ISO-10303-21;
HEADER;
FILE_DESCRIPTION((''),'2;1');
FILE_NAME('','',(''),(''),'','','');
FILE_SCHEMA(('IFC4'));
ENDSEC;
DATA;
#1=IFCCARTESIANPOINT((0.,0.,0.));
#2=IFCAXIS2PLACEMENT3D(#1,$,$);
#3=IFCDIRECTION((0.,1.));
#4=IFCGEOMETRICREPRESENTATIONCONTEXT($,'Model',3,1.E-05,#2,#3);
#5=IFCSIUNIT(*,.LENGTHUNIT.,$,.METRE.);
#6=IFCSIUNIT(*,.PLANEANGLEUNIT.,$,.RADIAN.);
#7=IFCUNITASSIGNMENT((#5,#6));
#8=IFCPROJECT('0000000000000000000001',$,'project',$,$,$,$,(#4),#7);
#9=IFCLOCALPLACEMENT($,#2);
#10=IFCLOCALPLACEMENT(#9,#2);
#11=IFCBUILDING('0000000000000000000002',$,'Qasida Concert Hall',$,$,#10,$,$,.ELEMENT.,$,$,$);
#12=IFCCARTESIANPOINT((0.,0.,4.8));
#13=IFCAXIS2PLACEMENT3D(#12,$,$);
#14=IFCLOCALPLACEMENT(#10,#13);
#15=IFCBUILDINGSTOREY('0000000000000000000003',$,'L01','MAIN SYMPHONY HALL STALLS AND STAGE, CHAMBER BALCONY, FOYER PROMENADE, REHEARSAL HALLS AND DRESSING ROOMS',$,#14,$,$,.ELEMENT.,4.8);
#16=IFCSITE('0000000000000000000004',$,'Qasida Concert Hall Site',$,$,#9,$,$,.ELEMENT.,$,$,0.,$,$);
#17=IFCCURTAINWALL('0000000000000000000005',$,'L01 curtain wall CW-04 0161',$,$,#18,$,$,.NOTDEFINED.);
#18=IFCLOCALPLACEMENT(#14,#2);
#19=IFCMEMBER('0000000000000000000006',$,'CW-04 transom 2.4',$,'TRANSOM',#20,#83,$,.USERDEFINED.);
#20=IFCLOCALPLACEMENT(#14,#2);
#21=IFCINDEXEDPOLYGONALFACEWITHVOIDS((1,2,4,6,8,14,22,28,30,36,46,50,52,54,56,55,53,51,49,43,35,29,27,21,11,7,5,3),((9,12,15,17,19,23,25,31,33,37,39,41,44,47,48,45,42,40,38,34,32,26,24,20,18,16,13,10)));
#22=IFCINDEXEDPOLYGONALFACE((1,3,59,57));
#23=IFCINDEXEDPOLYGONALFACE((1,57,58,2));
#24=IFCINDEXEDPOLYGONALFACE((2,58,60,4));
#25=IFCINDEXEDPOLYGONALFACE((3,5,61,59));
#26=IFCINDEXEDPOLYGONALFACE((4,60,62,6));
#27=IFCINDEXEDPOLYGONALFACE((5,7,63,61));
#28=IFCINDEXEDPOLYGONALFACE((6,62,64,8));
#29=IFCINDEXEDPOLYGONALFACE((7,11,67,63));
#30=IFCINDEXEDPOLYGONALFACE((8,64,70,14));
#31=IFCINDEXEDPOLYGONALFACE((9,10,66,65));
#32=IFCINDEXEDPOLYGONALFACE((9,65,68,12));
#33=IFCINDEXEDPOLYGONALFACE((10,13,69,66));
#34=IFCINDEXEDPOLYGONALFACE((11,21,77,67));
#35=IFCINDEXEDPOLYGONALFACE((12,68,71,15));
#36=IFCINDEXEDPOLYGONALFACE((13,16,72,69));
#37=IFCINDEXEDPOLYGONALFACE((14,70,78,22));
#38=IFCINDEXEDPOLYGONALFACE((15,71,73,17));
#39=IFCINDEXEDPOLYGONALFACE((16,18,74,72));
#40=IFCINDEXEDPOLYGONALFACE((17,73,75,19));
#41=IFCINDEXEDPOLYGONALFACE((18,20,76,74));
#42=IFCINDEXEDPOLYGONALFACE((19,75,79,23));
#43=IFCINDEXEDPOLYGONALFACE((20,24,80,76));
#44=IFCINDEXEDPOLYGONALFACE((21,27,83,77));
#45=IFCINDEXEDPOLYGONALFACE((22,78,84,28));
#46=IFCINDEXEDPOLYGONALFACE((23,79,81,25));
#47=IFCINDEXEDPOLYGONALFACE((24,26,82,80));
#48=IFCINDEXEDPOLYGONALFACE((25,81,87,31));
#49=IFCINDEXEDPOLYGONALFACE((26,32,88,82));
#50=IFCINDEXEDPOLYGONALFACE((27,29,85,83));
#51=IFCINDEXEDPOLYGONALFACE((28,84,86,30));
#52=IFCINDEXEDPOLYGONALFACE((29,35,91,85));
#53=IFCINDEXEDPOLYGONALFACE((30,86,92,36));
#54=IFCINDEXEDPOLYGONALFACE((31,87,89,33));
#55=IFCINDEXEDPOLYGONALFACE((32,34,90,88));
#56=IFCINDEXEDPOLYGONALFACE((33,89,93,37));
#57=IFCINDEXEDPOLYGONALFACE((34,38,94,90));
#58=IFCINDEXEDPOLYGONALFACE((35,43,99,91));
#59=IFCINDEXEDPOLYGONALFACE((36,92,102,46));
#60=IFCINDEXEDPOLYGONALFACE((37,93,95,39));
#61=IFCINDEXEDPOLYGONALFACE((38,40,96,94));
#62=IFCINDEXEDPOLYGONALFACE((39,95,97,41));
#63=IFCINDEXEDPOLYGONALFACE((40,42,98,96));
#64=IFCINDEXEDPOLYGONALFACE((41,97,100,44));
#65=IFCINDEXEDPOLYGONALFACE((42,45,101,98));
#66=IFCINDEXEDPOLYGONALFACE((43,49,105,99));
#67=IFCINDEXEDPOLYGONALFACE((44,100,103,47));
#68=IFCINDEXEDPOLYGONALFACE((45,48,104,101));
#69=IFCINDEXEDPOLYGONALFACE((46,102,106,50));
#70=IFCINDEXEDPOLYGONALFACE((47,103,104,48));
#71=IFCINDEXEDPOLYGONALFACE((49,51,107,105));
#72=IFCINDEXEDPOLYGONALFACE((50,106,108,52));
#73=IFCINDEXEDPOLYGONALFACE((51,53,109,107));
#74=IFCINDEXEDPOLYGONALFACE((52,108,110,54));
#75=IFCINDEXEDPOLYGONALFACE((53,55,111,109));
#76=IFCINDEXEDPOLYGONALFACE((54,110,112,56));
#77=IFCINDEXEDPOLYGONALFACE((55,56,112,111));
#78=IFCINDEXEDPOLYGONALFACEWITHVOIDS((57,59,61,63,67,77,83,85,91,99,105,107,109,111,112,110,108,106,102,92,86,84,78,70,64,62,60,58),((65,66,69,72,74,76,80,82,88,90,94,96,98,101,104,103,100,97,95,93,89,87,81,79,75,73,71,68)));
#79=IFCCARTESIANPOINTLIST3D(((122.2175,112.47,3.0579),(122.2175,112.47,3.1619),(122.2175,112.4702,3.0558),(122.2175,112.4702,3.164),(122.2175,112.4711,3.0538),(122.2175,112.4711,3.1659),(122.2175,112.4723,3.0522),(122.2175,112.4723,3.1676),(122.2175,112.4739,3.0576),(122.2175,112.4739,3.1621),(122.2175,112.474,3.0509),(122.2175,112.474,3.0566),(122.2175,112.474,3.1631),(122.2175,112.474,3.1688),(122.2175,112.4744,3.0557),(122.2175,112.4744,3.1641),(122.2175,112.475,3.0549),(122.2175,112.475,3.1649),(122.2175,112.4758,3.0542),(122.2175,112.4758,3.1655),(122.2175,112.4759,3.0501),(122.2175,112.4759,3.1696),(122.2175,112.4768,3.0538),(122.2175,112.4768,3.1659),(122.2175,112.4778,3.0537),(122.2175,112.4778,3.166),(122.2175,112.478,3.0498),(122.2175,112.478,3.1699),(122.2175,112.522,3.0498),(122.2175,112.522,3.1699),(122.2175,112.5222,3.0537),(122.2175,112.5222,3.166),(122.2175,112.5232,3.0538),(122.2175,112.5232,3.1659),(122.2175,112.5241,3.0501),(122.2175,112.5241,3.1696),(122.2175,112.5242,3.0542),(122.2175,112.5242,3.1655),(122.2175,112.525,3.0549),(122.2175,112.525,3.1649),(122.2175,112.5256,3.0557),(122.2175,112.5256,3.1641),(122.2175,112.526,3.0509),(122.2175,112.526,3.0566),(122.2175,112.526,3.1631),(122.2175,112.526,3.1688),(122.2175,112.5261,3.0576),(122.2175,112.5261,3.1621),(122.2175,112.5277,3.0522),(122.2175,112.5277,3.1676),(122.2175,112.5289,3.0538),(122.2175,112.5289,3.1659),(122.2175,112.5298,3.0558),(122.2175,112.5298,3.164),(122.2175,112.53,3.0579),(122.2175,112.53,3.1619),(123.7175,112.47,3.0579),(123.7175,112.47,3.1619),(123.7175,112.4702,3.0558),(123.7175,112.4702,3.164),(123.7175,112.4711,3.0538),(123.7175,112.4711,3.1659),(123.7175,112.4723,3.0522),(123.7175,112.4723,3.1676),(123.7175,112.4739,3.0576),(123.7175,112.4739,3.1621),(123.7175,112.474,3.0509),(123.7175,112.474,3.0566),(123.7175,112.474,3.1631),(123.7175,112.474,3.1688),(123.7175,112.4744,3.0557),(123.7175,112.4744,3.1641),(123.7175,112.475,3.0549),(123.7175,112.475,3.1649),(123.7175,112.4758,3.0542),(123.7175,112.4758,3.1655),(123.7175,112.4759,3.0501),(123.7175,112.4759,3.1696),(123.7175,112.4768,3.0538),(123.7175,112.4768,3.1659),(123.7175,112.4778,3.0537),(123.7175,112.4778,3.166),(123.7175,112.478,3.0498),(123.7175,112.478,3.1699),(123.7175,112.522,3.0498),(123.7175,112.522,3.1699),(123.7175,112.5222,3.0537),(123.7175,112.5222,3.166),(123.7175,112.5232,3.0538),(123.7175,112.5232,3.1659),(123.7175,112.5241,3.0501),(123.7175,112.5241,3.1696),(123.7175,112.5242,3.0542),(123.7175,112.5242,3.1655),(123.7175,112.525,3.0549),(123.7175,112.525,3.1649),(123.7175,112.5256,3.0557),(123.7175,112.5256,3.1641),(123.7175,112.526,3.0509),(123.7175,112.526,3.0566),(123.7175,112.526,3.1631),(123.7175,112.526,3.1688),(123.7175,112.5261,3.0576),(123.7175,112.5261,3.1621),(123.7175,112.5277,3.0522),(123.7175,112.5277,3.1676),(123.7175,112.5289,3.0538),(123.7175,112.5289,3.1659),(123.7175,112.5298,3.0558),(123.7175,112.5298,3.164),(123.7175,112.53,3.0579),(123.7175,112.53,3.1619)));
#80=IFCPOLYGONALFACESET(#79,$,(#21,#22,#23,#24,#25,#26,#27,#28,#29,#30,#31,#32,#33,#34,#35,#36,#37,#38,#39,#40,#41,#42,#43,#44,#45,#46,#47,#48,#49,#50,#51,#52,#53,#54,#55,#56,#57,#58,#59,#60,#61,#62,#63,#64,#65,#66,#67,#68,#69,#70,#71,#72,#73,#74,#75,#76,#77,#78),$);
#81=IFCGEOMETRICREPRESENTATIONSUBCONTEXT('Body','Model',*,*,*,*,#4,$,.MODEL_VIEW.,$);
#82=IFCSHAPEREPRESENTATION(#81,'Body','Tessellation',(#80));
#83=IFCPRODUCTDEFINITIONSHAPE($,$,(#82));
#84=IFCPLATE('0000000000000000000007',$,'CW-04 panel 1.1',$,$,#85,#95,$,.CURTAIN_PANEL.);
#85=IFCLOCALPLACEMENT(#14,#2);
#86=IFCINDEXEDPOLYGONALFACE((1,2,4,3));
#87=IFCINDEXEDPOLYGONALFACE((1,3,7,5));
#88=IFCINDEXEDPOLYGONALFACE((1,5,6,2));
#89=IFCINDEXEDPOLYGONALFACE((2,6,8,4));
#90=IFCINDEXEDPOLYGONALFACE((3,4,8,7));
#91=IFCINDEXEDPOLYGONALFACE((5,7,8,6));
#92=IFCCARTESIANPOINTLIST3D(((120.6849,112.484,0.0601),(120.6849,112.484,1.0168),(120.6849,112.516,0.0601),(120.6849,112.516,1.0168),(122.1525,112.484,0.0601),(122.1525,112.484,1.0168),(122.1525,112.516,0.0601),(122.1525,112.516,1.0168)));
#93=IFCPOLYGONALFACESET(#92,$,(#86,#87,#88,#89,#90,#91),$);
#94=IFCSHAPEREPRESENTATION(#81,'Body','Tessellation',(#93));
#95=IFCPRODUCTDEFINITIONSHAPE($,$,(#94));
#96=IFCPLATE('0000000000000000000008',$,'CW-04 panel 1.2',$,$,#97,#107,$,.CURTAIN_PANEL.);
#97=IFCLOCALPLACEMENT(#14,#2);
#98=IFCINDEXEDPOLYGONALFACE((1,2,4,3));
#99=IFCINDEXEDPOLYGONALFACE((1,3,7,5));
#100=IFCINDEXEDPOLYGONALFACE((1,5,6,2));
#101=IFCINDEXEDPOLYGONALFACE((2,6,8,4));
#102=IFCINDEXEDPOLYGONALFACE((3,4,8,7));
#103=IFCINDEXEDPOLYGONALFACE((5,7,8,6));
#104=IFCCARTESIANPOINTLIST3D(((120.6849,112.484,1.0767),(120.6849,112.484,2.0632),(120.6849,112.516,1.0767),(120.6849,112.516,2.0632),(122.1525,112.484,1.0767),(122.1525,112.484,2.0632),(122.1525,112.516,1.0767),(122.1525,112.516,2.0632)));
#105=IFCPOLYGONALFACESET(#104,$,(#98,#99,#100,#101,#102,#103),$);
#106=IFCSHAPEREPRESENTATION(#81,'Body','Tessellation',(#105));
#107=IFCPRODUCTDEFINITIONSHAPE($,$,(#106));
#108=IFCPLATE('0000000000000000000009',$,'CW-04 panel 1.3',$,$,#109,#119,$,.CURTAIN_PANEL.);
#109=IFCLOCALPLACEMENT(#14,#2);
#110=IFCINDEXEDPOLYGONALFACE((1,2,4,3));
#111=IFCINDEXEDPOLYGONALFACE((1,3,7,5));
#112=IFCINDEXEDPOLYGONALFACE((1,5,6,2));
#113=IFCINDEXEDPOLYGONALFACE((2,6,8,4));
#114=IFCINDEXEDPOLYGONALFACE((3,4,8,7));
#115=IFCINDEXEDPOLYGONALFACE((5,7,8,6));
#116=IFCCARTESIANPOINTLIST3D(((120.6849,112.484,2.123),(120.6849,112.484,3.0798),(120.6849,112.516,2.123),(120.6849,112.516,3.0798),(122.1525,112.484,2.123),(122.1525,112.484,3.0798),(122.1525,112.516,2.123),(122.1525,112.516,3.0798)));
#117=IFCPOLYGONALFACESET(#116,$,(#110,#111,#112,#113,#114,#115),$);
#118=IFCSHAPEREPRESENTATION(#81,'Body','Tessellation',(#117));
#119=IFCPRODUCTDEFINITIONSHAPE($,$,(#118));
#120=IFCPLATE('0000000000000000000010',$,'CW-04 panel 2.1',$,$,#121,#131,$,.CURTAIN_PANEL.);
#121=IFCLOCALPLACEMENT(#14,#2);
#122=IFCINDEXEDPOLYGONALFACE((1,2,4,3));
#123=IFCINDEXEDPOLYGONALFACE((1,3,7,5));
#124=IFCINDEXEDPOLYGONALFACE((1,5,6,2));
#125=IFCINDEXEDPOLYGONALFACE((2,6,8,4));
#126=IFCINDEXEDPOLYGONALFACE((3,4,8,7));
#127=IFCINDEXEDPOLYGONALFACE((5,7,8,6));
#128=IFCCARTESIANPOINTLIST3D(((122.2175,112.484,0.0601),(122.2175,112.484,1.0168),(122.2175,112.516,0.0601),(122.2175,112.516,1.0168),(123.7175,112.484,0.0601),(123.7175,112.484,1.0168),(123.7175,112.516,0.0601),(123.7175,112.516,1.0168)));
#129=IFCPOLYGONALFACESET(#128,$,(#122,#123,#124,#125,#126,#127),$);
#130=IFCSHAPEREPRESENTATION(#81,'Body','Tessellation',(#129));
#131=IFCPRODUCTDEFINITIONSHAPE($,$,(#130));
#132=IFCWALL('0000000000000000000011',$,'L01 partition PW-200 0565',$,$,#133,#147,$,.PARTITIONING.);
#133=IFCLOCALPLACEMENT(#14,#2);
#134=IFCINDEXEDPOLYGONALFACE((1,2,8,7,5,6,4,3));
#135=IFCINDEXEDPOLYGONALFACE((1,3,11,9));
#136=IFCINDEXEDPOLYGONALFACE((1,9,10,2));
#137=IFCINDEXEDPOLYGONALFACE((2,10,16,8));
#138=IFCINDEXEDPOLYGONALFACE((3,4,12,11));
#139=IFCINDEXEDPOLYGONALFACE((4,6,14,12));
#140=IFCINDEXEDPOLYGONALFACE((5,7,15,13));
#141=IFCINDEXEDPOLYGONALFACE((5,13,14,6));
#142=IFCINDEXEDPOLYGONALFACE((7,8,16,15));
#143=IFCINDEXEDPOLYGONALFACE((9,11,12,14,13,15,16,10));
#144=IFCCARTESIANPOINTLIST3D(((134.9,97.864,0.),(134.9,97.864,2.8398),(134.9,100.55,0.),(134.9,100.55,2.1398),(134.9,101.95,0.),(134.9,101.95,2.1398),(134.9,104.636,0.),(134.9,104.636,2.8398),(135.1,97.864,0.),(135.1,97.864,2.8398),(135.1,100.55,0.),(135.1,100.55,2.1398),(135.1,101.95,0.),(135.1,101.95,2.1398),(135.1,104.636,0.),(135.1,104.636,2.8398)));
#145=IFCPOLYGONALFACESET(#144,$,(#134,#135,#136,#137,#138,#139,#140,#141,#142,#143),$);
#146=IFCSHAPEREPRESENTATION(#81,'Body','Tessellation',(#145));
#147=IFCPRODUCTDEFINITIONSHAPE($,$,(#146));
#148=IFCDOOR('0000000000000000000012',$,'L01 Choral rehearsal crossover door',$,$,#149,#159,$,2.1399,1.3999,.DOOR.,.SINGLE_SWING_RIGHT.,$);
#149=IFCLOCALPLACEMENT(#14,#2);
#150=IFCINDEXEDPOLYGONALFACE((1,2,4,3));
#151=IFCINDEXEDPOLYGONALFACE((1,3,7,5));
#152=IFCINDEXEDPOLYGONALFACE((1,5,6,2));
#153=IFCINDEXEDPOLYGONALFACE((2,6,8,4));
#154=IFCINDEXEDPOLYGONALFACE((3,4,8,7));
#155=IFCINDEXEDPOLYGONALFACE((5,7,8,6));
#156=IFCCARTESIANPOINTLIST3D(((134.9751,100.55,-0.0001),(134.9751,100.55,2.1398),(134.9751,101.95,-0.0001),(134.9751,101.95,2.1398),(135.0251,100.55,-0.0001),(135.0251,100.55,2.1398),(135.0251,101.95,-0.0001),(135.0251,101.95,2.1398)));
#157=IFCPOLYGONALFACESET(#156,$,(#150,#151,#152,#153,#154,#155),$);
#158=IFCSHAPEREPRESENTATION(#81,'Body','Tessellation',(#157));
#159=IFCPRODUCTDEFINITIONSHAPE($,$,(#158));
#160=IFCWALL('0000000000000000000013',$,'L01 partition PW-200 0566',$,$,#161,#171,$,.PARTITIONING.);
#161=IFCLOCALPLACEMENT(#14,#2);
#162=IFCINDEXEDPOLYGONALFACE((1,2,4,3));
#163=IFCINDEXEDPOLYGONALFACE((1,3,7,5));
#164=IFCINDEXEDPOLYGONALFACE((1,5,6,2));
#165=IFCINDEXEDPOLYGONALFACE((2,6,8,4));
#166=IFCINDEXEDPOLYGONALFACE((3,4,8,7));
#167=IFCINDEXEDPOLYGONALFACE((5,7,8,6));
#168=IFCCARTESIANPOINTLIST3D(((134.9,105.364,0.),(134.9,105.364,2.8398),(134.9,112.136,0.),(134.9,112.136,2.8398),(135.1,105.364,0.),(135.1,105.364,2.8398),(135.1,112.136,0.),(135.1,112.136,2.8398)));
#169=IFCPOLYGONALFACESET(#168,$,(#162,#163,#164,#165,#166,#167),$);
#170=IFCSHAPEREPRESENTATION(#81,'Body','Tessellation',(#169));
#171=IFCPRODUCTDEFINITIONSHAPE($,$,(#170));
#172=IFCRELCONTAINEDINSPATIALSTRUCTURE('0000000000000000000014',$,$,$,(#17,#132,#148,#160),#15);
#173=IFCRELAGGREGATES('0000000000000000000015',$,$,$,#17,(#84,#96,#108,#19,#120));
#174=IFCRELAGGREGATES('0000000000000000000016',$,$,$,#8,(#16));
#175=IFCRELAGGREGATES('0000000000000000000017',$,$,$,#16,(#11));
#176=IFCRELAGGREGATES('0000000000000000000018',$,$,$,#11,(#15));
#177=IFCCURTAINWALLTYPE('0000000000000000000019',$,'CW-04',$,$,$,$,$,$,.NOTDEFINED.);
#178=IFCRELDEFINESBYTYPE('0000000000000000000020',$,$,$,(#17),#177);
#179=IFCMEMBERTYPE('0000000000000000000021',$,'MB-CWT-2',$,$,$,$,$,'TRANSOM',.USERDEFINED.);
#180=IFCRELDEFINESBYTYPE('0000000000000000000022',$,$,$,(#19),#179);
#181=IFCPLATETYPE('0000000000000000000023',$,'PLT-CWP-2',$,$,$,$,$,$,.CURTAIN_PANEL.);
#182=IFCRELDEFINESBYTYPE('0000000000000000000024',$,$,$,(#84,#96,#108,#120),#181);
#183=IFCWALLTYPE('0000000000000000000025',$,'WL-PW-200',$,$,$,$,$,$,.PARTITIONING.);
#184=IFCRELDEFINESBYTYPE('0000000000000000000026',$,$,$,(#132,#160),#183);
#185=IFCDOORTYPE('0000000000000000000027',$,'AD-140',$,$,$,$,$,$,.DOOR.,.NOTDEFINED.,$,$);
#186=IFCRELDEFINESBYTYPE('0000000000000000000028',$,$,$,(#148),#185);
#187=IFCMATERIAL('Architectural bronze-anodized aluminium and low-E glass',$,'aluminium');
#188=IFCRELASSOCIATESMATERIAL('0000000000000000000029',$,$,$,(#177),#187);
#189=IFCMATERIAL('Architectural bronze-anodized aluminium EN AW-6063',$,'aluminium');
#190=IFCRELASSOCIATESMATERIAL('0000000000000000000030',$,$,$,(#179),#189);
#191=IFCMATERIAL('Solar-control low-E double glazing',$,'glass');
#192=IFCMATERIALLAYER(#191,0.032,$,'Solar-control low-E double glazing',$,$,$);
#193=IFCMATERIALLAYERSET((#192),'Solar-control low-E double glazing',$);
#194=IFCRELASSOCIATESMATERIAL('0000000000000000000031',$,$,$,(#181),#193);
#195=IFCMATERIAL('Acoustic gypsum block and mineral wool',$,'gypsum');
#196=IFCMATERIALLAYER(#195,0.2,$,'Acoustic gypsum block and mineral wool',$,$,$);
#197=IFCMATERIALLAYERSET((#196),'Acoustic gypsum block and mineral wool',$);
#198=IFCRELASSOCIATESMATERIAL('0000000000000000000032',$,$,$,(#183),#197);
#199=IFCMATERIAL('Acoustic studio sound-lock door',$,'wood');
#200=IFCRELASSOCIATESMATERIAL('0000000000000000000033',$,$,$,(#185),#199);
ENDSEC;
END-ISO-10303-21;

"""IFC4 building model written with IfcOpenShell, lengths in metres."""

from ifc_helpers import new_model, si_unit, direction, frame, frame_2d, origin, origin_2d, place, context, subcontext, project, spatial, rectangle, hollow_rectangle, extrude, material, layer, layer_set, material_profile, profile_set, type_object, element, fill, aggregate, save


model = new_model("IFC4")

# Units and contexts
model_context = context("Model", 3, precision=1e-05, world=origin(), true_north=direction((0.0, 1.0)))
body_context = subcontext(model_context, "Body", "Model", "MODEL_VIEW")
ifc_project = project(units=[si_unit("LENGTHUNIT", "METRE"), si_unit("PLANEANGLEUNIT", "RADIAN")], contexts=[model_context])

# Site, building, storey
site_placement = place(None, origin())
site = spatial("IfcSite", under=ifc_project, at=site_placement, Name="Qasida Concert Hall Site", CompositionType="ELEMENT", RefElevation=0.0)
building_placement = place(site_placement, origin())
building = spatial("IfcBuilding", under=site, at=building_placement, Name="Qasida Concert Hall", CompositionType="ELEMENT")
storey_placement = place(building_placement, frame((0.0, 0.0, 4.8)))
storey = spatial("IfcBuildingStorey", under=building, at=storey_placement, Name="L01", Description="MAIN SYMPHONY HALL STALLS AND STAGE, CHAMBER BALCONY, FOYER PROMENADE, REHEARSAL HALLS AND DRESSING ROOMS", CompositionType="ELEMENT", Elevation=4.8)

# Curtain wall, member, plates
ifc_material_1 = material(Name="Architectural bronze-anodized aluminium and low-E glass", Category="aluminium")
curtain_wall_type = type_object("IfcCurtainWallType", Name="CW-04", PredefinedType="NOTDEFINED", material=ifc_material_1)
curtain_wall_placement = place(storey_placement, origin())
curtain_wall = element("IfcCurtainWall", 1, at=curtain_wall_placement, inside=storey, type_object=curtain_wall_type, Name="L01 curtain wall CW-04 0161", PredefinedType="NOTDEFINED")
ifc_material_2 = material(Name="Architectural bronze-anodized aluminium EN AW-6063", Category="aluminium")
ifc_material_profile_1 = material_profile(ifc_material_2, hollow_rectangle(XDim=0.0601, YDim=0.1201, WallThickness=0.0039, InnerFilletRadius=0.0039, OuterFilletRadius=0.0081, at=origin_2d()), Name="CWT 120x60x4")
ifc_profile_set_1 = profile_set([ifc_material_profile_1], Name="Architectural bronze-anodized aluminium EN AW-6063")
member_type_1 = type_object("IfcMemberType", Name="MB-CWT-2", ElementType="TRANSOM", PredefinedType="USERDEFINED", material=ifc_profile_set_1)
member_1_placement = place(storey_placement, frame((122.2175, 112.5, 3.1099), z_axis=(1.0, 0.0, 0.0), x_axis=(0.0, 1.0, 0.0)))
member_1 = element("IfcMember", 2, at=member_1_placement, type_object=member_type_1, Name="CW-04 transom 2.4", ObjectType="TRANSOM", PredefinedType="USERDEFINED", context=body_context, shape_type="SweptSolid", body=[
    extrude(hollow_rectangle(XDim=0.0601, YDim=0.1201, WallThickness=0.0039, InnerFilletRadius=0.0039, OuterFilletRadius=0.0081, at=origin_2d()), origin(), (0.0, 0.0, 1.0), 1.5),
])
ifc_material_3 = material(Name="Solar-control low-E double glazing", Category="glass")
ifc_layer_1 = layer(ifc_material_3, 0.032, Name="Solar-control low-E double glazing")
ifc_layer_set_1 = layer_set([ifc_layer_1], Name="Solar-control low-E double glazing")
plate_type = type_object("IfcPlateType", Name="PLT-CWP-2", PredefinedType="CURTAIN_PANEL", material=ifc_layer_set_1)
plate_1_placement = place(storey_placement, frame((121.4187, 112.5, 0.0601), z_axis=(0.0, 0.0, 1.0), x_axis=(1.0, 0.0, 0.0)))
plate_1 = element("IfcPlate", 3, at=plate_1_placement, type_object=plate_type, Name="CW-04 panel 1.1", PredefinedType="CURTAIN_PANEL", context=body_context, shape_type="SweptSolid", body=[
    extrude(rectangle(XDim=1.4675, YDim=0.032, at=origin_2d()), origin(), (0.0, 0.0, 1.0), 0.9568),
])
plate_2_placement = place(storey_placement, frame((121.4187, 112.5, 1.0767), z_axis=(0.0, 0.0, 1.0), x_axis=(1.0, 0.0, 0.0)))
plate_2 = element("IfcPlate", 4, at=plate_2_placement, type_object=plate_type, Name="CW-04 panel 1.2", PredefinedType="CURTAIN_PANEL", context=body_context, shape_type="SweptSolid", body=[
    extrude(rectangle(XDim=1.4675, YDim=0.032, at=origin_2d()), origin(), (0.0, 0.0, 1.0), 0.9866),
])
plate_3_placement = place(storey_placement, frame((121.4187, 112.5, 2.123), z_axis=(0.0, 0.0, 1.0), x_axis=(1.0, 0.0, 0.0)))
plate_3 = element("IfcPlate", 5, at=plate_3_placement, type_object=plate_type, Name="CW-04 panel 1.3", PredefinedType="CURTAIN_PANEL", context=body_context, shape_type="SweptSolid", body=[
    extrude(rectangle(XDim=1.4675, YDim=0.032, at=origin_2d()), origin(), (0.0, 0.0, 1.0), 0.9568),
])
plate_4_placement = place(storey_placement, frame((122.9675, 112.5, 0.0601), z_axis=(0.0, 0.0, 1.0), x_axis=(1.0, 0.0, 0.0)))
plate_4 = element("IfcPlate", 6, at=plate_4_placement, type_object=plate_type, Name="CW-04 panel 2.1", PredefinedType="CURTAIN_PANEL", context=body_context, shape_type="SweptSolid", body=[
    extrude(rectangle(XDim=1.5, YDim=0.032, at=origin_2d()), origin(), (0.0, 0.0, 1.0), 0.9568),
])
aggregate(curtain_wall, [plate_1, plate_2, plate_3, member_1, plate_4])

# Wall, opening, door
ifc_material_4 = material(Name="Acoustic gypsum block and mineral wool", Category="gypsum")
ifc_layer_2 = layer(ifc_material_4, 0.2, Name="Acoustic gypsum block and mineral wool")
ifc_layer_set_2 = layer_set([ifc_layer_2], Name="Acoustic gypsum block and mineral wool")
wall_type = type_object("IfcWallType", Name="WL-PW-200", PredefinedType="PARTITIONING", material=ifc_layer_set_2)
wall_1_placement = place(storey_placement, frame((135.0, 97.864, 0.0), z_axis=(0.0, 0.0, 1.0), x_axis=(0.0, 1.0, 0.0)))
wall_1 = element("IfcWall", 7, at=wall_1_placement, inside=storey, type_object=wall_type, Name="L01 partition PW-200 0565", PredefinedType="PARTITIONING", context=body_context, shape_type="SweptSolid", body=[
    extrude(rectangle(XDim=6.772, YDim=0.2, at=frame_2d((3.386, 0.0))), origin(), (0.0, 0.0, 1.0), 2.8398),
])
opening_placement = place(wall_1_placement, frame((2.686, 0.0, 0.0)))
opening = element("IfcOpeningElement", 8, at=opening_placement, cuts=wall_1, PredefinedType="OPENING", context=body_context, shape_type="SweptSolid", body=[
    extrude(rectangle(XDim=1.3999, YDim=2.1399, at=frame_2d((0.7, 1.0698))), frame((0.0, 0.1099, 0.0), z_axis=(0.0, -1.0, 0.0), x_axis=(1.0, 0.0, 0.0)), (0.0, 0.0, 1.0), 0.22),
])
ifc_material_5 = material(Name="Acoustic studio sound-lock door", Category="wood")
door_type = type_object("IfcDoorType", Name="AD-140", OperationType="NOTDEFINED", PredefinedType="DOOR", material=ifc_material_5)
door_placement = place(opening_placement, origin())
door = element("IfcDoor", 9, at=door_placement, inside=storey, type_object=door_type, Name="L01 Choral rehearsal crossover door", OperationType="SINGLE_SWING_RIGHT", OverallHeight=2.1399, OverallWidth=1.3999, PredefinedType="DOOR", context=body_context, shape_type="SweptSolid", body=[
    extrude(rectangle(XDim=1.3999, YDim=2.1399, at=frame_2d((0.7, 1.0698))), frame((0.0, 0.0249, 0.0), z_axis=(0.0, -1.0, 0.0), x_axis=(1.0, 0.0, 0.0)), (0.0, 0.0, 1.0), 0.05),
])
fill(opening, door)

# Wall
wall_2_placement = place(storey_placement, frame((135.0, 105.364, 0.0), z_axis=(0.0, 0.0, 1.0), x_axis=(0.0, 1.0, 0.0)))
element("IfcWall", 10, at=wall_2_placement, inside=storey, type_object=wall_type, Name="L01 partition PW-200 0566", PredefinedType="PARTITIONING", context=body_context, shape_type="SweptSolid", body=[
    extrude(rectangle(XDim=6.772, YDim=0.2, at=frame_2d((3.386, 0.0))), origin(), (0.0, 0.0, 1.0), 2.8398),
])

save(model, "model.ifc")
